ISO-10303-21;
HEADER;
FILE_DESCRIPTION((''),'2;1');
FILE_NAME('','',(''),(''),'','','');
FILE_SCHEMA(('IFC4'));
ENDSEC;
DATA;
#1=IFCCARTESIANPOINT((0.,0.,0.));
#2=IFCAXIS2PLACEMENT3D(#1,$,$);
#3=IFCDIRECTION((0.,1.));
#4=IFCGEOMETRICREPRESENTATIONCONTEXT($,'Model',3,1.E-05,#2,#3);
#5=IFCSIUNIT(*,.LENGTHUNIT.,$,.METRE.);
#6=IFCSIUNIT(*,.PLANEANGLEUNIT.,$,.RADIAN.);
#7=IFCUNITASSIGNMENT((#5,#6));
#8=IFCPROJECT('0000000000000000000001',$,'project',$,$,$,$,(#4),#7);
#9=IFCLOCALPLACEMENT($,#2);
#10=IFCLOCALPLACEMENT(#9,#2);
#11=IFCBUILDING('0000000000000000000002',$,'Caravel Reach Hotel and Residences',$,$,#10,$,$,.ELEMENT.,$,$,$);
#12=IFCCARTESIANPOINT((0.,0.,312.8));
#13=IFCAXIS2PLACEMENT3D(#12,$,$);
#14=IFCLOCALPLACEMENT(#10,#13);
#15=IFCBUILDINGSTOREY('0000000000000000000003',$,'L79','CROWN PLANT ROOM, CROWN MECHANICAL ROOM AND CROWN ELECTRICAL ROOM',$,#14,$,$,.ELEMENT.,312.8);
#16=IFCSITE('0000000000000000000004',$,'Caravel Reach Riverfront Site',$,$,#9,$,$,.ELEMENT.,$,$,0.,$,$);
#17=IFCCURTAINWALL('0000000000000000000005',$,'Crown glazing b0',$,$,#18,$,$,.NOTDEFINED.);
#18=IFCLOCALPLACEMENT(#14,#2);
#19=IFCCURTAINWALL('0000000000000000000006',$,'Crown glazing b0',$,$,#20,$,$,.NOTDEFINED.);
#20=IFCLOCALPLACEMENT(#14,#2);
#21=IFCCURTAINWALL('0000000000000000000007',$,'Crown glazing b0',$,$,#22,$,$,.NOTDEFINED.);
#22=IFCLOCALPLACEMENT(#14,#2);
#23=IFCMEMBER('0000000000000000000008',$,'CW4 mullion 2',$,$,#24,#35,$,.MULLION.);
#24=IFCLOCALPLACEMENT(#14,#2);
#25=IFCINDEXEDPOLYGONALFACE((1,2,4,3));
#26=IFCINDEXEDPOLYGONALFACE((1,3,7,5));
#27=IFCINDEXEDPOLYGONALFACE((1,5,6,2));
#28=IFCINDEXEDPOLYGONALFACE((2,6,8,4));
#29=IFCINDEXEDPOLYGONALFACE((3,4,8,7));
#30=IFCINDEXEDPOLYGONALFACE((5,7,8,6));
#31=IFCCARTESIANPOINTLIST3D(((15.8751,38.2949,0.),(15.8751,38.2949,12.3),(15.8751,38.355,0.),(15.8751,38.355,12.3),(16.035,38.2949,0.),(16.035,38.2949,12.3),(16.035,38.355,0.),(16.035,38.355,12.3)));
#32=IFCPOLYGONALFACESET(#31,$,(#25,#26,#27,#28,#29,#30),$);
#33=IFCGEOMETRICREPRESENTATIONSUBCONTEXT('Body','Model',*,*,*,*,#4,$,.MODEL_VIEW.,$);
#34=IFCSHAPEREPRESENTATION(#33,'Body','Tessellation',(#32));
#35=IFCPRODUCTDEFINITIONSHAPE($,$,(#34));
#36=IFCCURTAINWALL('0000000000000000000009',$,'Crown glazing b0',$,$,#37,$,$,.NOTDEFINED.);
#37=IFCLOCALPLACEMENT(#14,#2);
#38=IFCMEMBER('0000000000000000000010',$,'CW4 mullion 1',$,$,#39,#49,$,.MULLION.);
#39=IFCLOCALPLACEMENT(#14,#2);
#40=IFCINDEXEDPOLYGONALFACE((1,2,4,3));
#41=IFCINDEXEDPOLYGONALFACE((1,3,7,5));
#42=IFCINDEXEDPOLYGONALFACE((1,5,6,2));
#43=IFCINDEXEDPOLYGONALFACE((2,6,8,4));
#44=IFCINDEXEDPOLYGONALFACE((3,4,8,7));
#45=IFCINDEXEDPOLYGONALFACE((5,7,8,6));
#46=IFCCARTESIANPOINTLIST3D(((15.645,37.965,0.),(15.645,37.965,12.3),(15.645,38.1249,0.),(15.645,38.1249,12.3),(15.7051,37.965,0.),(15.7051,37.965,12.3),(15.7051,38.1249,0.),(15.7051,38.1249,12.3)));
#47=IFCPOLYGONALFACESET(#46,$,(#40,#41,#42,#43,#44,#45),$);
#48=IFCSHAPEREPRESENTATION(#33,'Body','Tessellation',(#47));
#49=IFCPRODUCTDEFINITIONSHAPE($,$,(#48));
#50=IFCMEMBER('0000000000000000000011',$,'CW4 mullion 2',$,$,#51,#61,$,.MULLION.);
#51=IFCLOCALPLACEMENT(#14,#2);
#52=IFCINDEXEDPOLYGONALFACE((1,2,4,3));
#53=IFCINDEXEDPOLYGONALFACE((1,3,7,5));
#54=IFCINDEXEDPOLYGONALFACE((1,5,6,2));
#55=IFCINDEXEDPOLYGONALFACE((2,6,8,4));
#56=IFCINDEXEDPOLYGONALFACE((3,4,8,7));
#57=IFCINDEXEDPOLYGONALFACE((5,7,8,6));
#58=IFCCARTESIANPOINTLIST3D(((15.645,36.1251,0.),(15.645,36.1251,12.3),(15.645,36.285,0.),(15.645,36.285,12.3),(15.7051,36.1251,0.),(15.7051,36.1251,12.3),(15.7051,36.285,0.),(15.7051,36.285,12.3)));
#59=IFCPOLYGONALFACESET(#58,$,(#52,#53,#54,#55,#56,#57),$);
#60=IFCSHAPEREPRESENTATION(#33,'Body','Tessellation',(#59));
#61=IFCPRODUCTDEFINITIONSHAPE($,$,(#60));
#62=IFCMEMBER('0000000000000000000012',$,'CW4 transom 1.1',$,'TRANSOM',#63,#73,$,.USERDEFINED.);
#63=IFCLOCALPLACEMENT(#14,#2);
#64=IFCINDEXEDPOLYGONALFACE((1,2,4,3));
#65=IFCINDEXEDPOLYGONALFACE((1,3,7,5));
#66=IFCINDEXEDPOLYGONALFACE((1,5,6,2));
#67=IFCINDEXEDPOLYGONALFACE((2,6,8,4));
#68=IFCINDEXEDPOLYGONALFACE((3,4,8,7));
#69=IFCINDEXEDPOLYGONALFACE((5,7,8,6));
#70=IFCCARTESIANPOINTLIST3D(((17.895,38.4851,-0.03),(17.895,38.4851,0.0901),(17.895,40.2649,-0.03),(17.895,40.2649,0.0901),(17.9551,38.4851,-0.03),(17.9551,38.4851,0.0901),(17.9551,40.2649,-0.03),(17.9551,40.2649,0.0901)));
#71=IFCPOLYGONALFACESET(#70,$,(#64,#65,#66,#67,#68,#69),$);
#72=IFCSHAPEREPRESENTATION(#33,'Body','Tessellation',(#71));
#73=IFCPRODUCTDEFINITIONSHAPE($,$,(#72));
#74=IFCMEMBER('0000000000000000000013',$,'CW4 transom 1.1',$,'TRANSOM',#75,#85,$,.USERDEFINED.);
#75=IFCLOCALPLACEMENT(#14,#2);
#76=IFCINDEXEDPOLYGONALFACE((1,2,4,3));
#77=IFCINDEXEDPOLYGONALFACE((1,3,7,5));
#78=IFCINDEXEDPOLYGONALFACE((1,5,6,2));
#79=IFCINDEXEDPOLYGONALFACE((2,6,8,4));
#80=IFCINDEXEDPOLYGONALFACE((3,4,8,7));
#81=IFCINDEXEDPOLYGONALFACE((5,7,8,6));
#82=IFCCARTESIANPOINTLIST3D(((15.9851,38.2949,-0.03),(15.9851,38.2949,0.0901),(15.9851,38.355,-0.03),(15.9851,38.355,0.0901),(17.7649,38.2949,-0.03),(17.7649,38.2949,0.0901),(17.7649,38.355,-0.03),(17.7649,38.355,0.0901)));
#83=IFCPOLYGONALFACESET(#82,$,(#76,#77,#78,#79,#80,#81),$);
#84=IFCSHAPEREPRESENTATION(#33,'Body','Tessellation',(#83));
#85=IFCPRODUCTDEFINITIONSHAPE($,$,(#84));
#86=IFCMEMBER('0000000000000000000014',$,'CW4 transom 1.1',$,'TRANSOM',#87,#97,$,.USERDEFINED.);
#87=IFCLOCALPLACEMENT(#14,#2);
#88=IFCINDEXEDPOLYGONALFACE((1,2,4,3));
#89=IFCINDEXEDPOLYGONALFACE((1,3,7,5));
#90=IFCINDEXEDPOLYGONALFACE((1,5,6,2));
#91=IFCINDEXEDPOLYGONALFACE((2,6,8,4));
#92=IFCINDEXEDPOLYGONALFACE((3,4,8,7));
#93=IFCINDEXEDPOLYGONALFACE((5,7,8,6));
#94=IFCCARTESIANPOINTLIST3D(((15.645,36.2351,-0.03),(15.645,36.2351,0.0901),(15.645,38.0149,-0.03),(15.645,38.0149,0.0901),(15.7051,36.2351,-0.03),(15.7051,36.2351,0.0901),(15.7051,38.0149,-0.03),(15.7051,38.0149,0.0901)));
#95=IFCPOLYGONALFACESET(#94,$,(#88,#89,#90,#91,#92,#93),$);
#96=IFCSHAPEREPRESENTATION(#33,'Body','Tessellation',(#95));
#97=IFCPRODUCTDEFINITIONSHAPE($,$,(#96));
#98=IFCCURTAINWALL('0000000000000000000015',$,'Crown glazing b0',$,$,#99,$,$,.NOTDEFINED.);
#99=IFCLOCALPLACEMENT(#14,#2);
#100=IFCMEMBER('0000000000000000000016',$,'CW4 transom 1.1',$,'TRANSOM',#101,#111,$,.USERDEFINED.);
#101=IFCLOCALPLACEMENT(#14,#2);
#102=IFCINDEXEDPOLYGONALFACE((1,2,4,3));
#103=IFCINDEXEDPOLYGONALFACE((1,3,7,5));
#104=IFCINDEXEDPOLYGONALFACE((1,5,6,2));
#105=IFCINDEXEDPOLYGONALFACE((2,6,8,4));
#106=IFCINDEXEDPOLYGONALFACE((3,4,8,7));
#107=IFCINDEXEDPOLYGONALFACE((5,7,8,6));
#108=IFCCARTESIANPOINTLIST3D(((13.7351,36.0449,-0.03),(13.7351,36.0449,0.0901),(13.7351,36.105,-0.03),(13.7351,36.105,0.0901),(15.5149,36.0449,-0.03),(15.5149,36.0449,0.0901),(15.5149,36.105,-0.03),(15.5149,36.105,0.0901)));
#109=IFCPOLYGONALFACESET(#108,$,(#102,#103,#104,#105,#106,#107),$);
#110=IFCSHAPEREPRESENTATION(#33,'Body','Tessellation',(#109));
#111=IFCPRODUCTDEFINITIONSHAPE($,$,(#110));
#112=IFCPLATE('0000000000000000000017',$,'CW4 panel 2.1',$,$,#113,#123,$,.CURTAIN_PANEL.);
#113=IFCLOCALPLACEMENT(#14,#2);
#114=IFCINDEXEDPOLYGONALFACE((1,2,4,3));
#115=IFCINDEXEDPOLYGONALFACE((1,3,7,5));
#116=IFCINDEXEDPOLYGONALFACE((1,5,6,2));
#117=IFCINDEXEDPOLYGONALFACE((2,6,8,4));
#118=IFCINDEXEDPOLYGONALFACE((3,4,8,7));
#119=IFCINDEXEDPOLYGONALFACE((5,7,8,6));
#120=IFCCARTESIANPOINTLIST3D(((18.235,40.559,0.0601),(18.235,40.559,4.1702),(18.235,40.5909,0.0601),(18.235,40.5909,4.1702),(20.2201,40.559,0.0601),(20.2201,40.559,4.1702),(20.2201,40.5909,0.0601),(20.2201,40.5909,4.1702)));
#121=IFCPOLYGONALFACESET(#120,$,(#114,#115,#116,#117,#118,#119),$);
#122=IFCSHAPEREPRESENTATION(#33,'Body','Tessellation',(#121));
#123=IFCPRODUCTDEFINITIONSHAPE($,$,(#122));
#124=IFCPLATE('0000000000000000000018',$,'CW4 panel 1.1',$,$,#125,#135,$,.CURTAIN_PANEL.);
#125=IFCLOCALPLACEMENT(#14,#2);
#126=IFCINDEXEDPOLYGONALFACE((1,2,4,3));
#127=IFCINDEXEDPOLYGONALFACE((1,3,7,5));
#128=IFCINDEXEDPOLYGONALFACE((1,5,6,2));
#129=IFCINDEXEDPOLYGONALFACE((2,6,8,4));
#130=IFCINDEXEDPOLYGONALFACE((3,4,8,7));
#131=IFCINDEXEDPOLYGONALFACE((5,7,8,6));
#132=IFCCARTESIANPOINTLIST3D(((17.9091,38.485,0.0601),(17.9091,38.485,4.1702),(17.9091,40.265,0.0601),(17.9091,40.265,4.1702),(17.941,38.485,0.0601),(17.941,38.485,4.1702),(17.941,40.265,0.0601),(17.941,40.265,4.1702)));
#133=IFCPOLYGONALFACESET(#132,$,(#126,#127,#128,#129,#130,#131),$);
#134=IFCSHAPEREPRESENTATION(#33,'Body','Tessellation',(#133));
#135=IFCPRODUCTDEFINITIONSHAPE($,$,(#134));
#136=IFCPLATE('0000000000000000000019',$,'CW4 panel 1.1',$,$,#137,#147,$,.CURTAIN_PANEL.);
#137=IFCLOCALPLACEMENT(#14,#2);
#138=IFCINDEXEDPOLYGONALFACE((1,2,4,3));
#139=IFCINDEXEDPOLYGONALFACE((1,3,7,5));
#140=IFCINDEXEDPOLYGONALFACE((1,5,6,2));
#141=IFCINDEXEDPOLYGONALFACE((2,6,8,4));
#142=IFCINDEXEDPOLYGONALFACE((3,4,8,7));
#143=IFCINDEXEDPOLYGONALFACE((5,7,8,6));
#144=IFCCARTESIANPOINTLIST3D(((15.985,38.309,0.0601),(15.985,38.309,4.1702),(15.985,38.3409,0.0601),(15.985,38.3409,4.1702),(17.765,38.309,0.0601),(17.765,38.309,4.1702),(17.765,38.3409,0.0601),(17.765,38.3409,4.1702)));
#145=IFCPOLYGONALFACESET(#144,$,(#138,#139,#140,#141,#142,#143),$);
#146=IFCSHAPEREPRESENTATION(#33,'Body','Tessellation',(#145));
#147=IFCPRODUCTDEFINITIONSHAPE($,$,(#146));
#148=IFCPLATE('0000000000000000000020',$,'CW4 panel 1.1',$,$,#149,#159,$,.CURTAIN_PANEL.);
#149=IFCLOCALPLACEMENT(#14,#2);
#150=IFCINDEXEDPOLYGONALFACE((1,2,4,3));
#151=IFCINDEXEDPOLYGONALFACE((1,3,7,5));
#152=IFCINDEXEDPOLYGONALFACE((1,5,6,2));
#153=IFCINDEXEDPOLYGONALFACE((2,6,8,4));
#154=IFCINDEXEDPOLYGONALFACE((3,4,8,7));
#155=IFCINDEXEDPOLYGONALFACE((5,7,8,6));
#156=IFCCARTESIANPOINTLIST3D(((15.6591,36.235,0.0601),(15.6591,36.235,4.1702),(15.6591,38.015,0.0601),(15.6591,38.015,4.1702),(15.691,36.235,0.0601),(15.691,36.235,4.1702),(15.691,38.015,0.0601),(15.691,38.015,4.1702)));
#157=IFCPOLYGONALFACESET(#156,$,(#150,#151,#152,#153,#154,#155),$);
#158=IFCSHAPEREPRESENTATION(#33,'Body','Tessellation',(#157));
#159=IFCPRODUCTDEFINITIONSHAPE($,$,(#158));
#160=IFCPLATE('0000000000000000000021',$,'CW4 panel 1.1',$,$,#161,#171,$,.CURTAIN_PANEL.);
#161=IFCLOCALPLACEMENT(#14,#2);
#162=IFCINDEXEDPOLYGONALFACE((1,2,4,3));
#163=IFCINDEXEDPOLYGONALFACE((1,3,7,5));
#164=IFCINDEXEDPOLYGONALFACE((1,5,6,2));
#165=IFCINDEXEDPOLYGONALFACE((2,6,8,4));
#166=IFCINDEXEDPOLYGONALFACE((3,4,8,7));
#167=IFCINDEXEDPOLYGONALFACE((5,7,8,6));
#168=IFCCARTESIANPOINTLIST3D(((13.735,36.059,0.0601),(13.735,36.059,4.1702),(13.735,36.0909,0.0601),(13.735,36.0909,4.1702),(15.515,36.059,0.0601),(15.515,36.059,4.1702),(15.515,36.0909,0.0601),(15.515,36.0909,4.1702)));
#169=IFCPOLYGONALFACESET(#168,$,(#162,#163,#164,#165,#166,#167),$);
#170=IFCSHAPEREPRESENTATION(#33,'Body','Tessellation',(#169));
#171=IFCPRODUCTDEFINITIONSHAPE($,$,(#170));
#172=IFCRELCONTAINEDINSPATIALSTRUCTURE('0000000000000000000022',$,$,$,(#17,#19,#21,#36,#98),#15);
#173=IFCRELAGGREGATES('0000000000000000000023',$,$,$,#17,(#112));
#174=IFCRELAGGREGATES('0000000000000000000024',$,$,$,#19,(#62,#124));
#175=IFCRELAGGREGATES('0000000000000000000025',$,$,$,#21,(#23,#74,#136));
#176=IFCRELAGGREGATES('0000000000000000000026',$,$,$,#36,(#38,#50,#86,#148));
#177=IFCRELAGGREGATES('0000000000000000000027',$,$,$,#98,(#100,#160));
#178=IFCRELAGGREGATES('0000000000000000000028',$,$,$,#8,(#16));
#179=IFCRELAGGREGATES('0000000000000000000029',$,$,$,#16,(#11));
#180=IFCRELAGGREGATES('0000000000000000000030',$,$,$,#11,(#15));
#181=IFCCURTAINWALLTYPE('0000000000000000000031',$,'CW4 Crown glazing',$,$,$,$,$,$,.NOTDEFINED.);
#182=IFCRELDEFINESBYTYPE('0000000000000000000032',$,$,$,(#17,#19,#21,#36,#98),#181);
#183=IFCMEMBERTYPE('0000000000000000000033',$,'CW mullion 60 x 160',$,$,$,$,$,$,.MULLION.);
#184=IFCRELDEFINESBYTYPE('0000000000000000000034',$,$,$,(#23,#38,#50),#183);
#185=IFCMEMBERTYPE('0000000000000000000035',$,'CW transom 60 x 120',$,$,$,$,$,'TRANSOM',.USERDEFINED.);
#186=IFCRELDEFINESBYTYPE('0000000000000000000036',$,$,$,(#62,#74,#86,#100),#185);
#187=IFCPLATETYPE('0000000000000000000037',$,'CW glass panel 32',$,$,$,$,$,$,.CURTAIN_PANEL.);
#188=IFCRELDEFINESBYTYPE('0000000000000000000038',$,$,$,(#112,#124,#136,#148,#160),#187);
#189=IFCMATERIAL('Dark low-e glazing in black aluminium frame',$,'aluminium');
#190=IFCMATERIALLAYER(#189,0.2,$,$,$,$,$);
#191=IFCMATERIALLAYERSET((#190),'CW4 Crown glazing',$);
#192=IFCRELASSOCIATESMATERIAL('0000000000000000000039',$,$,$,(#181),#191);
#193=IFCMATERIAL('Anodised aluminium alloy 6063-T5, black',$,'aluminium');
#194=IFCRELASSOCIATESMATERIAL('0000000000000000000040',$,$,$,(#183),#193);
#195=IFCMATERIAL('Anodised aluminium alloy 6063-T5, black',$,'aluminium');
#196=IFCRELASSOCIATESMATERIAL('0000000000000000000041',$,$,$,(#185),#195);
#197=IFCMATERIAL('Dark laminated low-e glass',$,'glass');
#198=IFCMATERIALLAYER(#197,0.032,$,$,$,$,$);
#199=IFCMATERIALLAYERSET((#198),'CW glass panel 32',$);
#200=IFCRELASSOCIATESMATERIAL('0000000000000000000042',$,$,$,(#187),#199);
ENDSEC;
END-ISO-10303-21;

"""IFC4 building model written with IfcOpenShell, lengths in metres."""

from ifc_helpers import new_model, si_unit, direction, frame, origin, origin_2d, place, context, subcontext, project, spatial, rectangle, extrude, material, layer, layer_set, material_profile, profile_set, type_object, element, aggregate, save


model = new_model("IFC4")

# Units and contexts
model_context = context("Model", 3, precision=1e-05, world=origin(), true_north=direction((0.0, 1.0)))
body_context = subcontext(model_context, "Body", "Model", "MODEL_VIEW")
ifc_project = project(units=[si_unit("LENGTHUNIT", "METRE"), si_unit("PLANEANGLEUNIT", "RADIAN")], contexts=[model_context])

# Site, building, storey
site_placement = place(None, origin())
site = spatial("IfcSite", under=ifc_project, at=site_placement, Name="Caravel Reach Riverfront Site", CompositionType="ELEMENT", RefElevation=0.0)
building_placement = place(site_placement, origin())
building = spatial("IfcBuilding", under=site, at=building_placement, Name="Caravel Reach Hotel and Residences", CompositionType="ELEMENT")
storey_placement = place(building_placement, frame((0.0, 0.0, 312.8)))
storey = spatial("IfcBuildingStorey", under=building, at=storey_placement, Name="L79", Description="CROWN PLANT ROOM, CROWN MECHANICAL ROOM AND CROWN ELECTRICAL ROOM", CompositionType="ELEMENT", Elevation=312.8)

# Curtain wall
ifc_material_1 = material(Name="Dark low-e glazing in black aluminium frame", Category="aluminium")
ifc_layer_1 = layer(ifc_material_1, 0.2)
ifc_layer_set_1 = layer_set([ifc_layer_1], Name="CW4 Crown glazing")
curtain_wall_type = type_object("IfcCurtainWallType", Name="CW4 Crown glazing", PredefinedType="NOTDEFINED", material=ifc_layer_set_1)
curtain_wall_1_placement = place(storey_placement, origin())
curtain_wall_1 = element("IfcCurtainWall", 1, at=curtain_wall_1_placement, inside=storey, type_object=curtain_wall_type, Name="Crown glazing b0", PredefinedType="NOTDEFINED")
ifc_material_2 = material(Name="Anodised aluminium alloy 6063-T5, black", Category="aluminium")
ifc_material_profile_1 = material_profile(ifc_material_2, rectangle(XDim=0.0601, YDim=0.1599, at=origin_2d()), Name="CW mullion 60 x 160")
ifc_profile_set_1 = profile_set([ifc_material_profile_1], Name="Anodised aluminium alloy 6063-T5, black")
member_type_1 = type_object("IfcMemberType", Name="CW mullion 60 x 160", PredefinedType="MULLION", material=ifc_profile_set_1)

# Curtain walls, members
curtain_wall_2_placement = place(storey_placement, origin())
curtain_wall_2 = element("IfcCurtainWall", 2, at=curtain_wall_2_placement, inside=storey, type_object=curtain_wall_type, Name="Crown glazing b0", PredefinedType="NOTDEFINED")
curtain_wall_3_placement = place(storey_placement, origin())
curtain_wall_3 = element("IfcCurtainWall", 3, at=curtain_wall_3_placement, inside=storey, type_object=curtain_wall_type, Name="Crown glazing b0", PredefinedType="NOTDEFINED")
member_1_placement = place(storey_placement, frame((15.9551, 38.325, 0.0), z_axis=(0.0, 0.0, 1.0), x_axis=(0.0, -1.0, 0.0)))
member_1 = element("IfcMember", 4, at=member_1_placement, type_object=member_type_1, Name="CW4 mullion 2", PredefinedType="MULLION", context=body_context, shape_type="SweptSolid", body=[
    extrude(rectangle(XDim=0.0601, YDim=0.1599, at=origin_2d()), origin(), (0.0, 0.0, 1.0), 12.3),
])
curtain_wall_4_placement = place(storey_placement, origin())
curtain_wall_4 = element("IfcCurtainWall", 5, at=curtain_wall_4_placement, inside=storey, type_object=curtain_wall_type, Name="Crown glazing b0", PredefinedType="NOTDEFINED")
member_2_placement = place(storey_placement, frame((15.675, 38.0449, 0.0), z_axis=(0.0, 0.0, 1.0), x_axis=(1.0, 0.0, 0.0)))
member_2 = element("IfcMember", 6, at=member_2_placement, type_object=member_type_1, Name="CW4 mullion 1", PredefinedType="MULLION", context=body_context, shape_type="SweptSolid", body=[
    extrude(rectangle(XDim=0.0601, YDim=0.1599, at=origin_2d()), origin(), (0.0, 0.0, 1.0), 12.3),
])
member_3_placement = place(storey_placement, frame((15.675, 36.2051, 0.0), z_axis=(0.0, 0.0, 1.0), x_axis=(1.0, 0.0, 0.0)))
member_3 = element("IfcMember", 7, at=member_3_placement, type_object=member_type_1, Name="CW4 mullion 2", PredefinedType="MULLION", context=body_context, shape_type="SweptSolid", body=[
    extrude(rectangle(XDim=0.0601, YDim=0.1599, at=origin_2d()), origin(), (0.0, 0.0, 1.0), 12.3),
])

# Members
ifc_material_3 = material(Name="Anodised aluminium alloy 6063-T5, black", Category="aluminium")
ifc_material_profile_2 = material_profile(ifc_material_3, rectangle(XDim=0.0601, YDim=0.1201, at=origin_2d()), Name="CW transom 60 x 120")
ifc_profile_set_2 = profile_set([ifc_material_profile_2], Name="Anodised aluminium alloy 6063-T5, black")
member_type_2 = type_object("IfcMemberType", Name="CW transom 60 x 120", ElementType="TRANSOM", PredefinedType="USERDEFINED", material=ifc_profile_set_2)
member_4_placement = place(storey_placement, frame((17.925, 40.2649, 0.03), z_axis=(0.0, -1.0, 0.0), x_axis=(1.0, 0.0, 0.0)))
member_4 = element("IfcMember", 8, at=member_4_placement, type_object=member_type_2, Name="CW4 transom 1.1", ObjectType="TRANSOM", PredefinedType="USERDEFINED", context=body_context, shape_type="SweptSolid", body=[
    extrude(rectangle(XDim=0.0601, YDim=0.1201, at=origin_2d()), origin(), (0.0, 0.0, 1.0), 1.7798),
])
member_5_placement = place(storey_placement, frame((17.7649, 38.325, 0.03), z_axis=(-1.0, 0.0, 0.0), x_axis=(0.0, -1.0, 0.0)))
member_5 = element("IfcMember", 9, at=member_5_placement, type_object=member_type_2, Name="CW4 transom 1.1", ObjectType="TRANSOM", PredefinedType="USERDEFINED", context=body_context, shape_type="SweptSolid", body=[
    extrude(rectangle(XDim=0.0601, YDim=0.1201, at=origin_2d()), origin(), (0.0, 0.0, 1.0), 1.7798),
])
member_6_placement = place(storey_placement, frame((15.675, 38.0149, 0.03), z_axis=(0.0, -1.0, 0.0), x_axis=(1.0, 0.0, 0.0)))
member_6 = element("IfcMember", 10, at=member_6_placement, type_object=member_type_2, Name="CW4 transom 1.1", ObjectType="TRANSOM", PredefinedType="USERDEFINED", context=body_context, shape_type="SweptSolid", body=[
    extrude(rectangle(XDim=0.0601, YDim=0.1201, at=origin_2d()), origin(), (0.0, 0.0, 1.0), 1.7798),
])

# Curtain wall, member
curtain_wall_5_placement = place(storey_placement, origin())
curtain_wall_5 = element("IfcCurtainWall", 11, at=curtain_wall_5_placement, inside=storey, type_object=curtain_wall_type, Name="Crown glazing b0", PredefinedType="NOTDEFINED")
member_7_placement = place(storey_placement, frame((15.5149, 36.075, 0.03), z_axis=(-1.0, 0.0, 0.0), x_axis=(0.0, -1.0, 0.0)))
member_7 = element("IfcMember", 12, at=member_7_placement, type_object=member_type_2, Name="CW4 transom 1.1", ObjectType="TRANSOM", PredefinedType="USERDEFINED", context=body_context, shape_type="SweptSolid", body=[
    extrude(rectangle(XDim=0.0601, YDim=0.1201, at=origin_2d()), origin(), (0.0, 0.0, 1.0), 1.7798),
])

# Plates
ifc_material_4 = material(Name="Dark laminated low-e glass", Category="glass")
ifc_layer_2 = layer(ifc_material_4, 0.032)
ifc_layer_set_2 = layer_set([ifc_layer_2], Name="CW glass panel 32")
plate_type = type_object("IfcPlateType", Name="CW glass panel 32", PredefinedType="CURTAIN_PANEL", material=ifc_layer_set_2)
plate_1_placement = place(storey_placement, frame((19.2275, 40.575, 0.0601), z_axis=(0.0, 0.0, 1.0), x_axis=(-1.0, 0.0, 0.0)))
plate_1 = element("IfcPlate", 13, at=plate_1_placement, type_object=plate_type, Name="CW4 panel 2.1", PredefinedType="CURTAIN_PANEL", context=body_context, shape_type="SweptSolid", body=[
    extrude(rectangle(XDim=1.9851, YDim=0.032, at=origin_2d()), origin(), (0.0, 0.0, 1.0), 4.1101),
])
aggregate(curtain_wall_1, [plate_1])
plate_2_placement = place(storey_placement, frame((17.925, 39.375, 0.0601), z_axis=(0.0, 0.0, 1.0), x_axis=(0.0, -1.0, 0.0)))
plate_2 = element("IfcPlate", 14, at=plate_2_placement, type_object=plate_type, Name="CW4 panel 1.1", PredefinedType="CURTAIN_PANEL", context=body_context, shape_type="SweptSolid", body=[
    extrude(rectangle(XDim=1.78, YDim=0.032, at=origin_2d()), origin(), (0.0, 0.0, 1.0), 4.1101),
])
aggregate(curtain_wall_2, [member_4, plate_2])
plate_3_placement = place(storey_placement, frame((16.875, 38.325, 0.0601), z_axis=(0.0, 0.0, 1.0), x_axis=(-1.0, 0.0, 0.0)))
plate_3 = element("IfcPlate", 15, at=plate_3_placement, type_object=plate_type, Name="CW4 panel 1.1", PredefinedType="CURTAIN_PANEL", context=body_context, shape_type="SweptSolid", body=[
    extrude(rectangle(XDim=1.78, YDim=0.032, at=origin_2d()), origin(), (0.0, 0.0, 1.0), 4.1101),
])
aggregate(curtain_wall_3, [member_1, member_5, plate_3])
plate_4_placement = place(storey_placement, frame((15.675, 37.125, 0.0601), z_axis=(0.0, 0.0, 1.0), x_axis=(0.0, -1.0, 0.0)))
plate_4 = element("IfcPlate", 16, at=plate_4_placement, type_object=plate_type, Name="CW4 panel 1.1", PredefinedType="CURTAIN_PANEL", context=body_context, shape_type="SweptSolid", body=[
    extrude(rectangle(XDim=1.78, YDim=0.032, at=origin_2d()), origin(), (0.0, 0.0, 1.0), 4.1101),
])
aggregate(curtain_wall_4, [member_2, member_3, member_6, plate_4])
plate_5_placement = place(storey_placement, frame((14.625, 36.075, 0.0601), z_axis=(0.0, 0.0, 1.0), x_axis=(-1.0, 0.0, 0.0)))
plate_5 = element("IfcPlate", 17, at=plate_5_placement, type_object=plate_type, Name="CW4 panel 1.1", PredefinedType="CURTAIN_PANEL", context=body_context, shape_type="SweptSolid", body=[
    extrude(rectangle(XDim=1.78, YDim=0.032, at=origin_2d()), origin(), (0.0, 0.0, 1.0), 4.1101),
])
aggregate(curtain_wall_5, [member_7, plate_5])

save(model, "model.ifc")
